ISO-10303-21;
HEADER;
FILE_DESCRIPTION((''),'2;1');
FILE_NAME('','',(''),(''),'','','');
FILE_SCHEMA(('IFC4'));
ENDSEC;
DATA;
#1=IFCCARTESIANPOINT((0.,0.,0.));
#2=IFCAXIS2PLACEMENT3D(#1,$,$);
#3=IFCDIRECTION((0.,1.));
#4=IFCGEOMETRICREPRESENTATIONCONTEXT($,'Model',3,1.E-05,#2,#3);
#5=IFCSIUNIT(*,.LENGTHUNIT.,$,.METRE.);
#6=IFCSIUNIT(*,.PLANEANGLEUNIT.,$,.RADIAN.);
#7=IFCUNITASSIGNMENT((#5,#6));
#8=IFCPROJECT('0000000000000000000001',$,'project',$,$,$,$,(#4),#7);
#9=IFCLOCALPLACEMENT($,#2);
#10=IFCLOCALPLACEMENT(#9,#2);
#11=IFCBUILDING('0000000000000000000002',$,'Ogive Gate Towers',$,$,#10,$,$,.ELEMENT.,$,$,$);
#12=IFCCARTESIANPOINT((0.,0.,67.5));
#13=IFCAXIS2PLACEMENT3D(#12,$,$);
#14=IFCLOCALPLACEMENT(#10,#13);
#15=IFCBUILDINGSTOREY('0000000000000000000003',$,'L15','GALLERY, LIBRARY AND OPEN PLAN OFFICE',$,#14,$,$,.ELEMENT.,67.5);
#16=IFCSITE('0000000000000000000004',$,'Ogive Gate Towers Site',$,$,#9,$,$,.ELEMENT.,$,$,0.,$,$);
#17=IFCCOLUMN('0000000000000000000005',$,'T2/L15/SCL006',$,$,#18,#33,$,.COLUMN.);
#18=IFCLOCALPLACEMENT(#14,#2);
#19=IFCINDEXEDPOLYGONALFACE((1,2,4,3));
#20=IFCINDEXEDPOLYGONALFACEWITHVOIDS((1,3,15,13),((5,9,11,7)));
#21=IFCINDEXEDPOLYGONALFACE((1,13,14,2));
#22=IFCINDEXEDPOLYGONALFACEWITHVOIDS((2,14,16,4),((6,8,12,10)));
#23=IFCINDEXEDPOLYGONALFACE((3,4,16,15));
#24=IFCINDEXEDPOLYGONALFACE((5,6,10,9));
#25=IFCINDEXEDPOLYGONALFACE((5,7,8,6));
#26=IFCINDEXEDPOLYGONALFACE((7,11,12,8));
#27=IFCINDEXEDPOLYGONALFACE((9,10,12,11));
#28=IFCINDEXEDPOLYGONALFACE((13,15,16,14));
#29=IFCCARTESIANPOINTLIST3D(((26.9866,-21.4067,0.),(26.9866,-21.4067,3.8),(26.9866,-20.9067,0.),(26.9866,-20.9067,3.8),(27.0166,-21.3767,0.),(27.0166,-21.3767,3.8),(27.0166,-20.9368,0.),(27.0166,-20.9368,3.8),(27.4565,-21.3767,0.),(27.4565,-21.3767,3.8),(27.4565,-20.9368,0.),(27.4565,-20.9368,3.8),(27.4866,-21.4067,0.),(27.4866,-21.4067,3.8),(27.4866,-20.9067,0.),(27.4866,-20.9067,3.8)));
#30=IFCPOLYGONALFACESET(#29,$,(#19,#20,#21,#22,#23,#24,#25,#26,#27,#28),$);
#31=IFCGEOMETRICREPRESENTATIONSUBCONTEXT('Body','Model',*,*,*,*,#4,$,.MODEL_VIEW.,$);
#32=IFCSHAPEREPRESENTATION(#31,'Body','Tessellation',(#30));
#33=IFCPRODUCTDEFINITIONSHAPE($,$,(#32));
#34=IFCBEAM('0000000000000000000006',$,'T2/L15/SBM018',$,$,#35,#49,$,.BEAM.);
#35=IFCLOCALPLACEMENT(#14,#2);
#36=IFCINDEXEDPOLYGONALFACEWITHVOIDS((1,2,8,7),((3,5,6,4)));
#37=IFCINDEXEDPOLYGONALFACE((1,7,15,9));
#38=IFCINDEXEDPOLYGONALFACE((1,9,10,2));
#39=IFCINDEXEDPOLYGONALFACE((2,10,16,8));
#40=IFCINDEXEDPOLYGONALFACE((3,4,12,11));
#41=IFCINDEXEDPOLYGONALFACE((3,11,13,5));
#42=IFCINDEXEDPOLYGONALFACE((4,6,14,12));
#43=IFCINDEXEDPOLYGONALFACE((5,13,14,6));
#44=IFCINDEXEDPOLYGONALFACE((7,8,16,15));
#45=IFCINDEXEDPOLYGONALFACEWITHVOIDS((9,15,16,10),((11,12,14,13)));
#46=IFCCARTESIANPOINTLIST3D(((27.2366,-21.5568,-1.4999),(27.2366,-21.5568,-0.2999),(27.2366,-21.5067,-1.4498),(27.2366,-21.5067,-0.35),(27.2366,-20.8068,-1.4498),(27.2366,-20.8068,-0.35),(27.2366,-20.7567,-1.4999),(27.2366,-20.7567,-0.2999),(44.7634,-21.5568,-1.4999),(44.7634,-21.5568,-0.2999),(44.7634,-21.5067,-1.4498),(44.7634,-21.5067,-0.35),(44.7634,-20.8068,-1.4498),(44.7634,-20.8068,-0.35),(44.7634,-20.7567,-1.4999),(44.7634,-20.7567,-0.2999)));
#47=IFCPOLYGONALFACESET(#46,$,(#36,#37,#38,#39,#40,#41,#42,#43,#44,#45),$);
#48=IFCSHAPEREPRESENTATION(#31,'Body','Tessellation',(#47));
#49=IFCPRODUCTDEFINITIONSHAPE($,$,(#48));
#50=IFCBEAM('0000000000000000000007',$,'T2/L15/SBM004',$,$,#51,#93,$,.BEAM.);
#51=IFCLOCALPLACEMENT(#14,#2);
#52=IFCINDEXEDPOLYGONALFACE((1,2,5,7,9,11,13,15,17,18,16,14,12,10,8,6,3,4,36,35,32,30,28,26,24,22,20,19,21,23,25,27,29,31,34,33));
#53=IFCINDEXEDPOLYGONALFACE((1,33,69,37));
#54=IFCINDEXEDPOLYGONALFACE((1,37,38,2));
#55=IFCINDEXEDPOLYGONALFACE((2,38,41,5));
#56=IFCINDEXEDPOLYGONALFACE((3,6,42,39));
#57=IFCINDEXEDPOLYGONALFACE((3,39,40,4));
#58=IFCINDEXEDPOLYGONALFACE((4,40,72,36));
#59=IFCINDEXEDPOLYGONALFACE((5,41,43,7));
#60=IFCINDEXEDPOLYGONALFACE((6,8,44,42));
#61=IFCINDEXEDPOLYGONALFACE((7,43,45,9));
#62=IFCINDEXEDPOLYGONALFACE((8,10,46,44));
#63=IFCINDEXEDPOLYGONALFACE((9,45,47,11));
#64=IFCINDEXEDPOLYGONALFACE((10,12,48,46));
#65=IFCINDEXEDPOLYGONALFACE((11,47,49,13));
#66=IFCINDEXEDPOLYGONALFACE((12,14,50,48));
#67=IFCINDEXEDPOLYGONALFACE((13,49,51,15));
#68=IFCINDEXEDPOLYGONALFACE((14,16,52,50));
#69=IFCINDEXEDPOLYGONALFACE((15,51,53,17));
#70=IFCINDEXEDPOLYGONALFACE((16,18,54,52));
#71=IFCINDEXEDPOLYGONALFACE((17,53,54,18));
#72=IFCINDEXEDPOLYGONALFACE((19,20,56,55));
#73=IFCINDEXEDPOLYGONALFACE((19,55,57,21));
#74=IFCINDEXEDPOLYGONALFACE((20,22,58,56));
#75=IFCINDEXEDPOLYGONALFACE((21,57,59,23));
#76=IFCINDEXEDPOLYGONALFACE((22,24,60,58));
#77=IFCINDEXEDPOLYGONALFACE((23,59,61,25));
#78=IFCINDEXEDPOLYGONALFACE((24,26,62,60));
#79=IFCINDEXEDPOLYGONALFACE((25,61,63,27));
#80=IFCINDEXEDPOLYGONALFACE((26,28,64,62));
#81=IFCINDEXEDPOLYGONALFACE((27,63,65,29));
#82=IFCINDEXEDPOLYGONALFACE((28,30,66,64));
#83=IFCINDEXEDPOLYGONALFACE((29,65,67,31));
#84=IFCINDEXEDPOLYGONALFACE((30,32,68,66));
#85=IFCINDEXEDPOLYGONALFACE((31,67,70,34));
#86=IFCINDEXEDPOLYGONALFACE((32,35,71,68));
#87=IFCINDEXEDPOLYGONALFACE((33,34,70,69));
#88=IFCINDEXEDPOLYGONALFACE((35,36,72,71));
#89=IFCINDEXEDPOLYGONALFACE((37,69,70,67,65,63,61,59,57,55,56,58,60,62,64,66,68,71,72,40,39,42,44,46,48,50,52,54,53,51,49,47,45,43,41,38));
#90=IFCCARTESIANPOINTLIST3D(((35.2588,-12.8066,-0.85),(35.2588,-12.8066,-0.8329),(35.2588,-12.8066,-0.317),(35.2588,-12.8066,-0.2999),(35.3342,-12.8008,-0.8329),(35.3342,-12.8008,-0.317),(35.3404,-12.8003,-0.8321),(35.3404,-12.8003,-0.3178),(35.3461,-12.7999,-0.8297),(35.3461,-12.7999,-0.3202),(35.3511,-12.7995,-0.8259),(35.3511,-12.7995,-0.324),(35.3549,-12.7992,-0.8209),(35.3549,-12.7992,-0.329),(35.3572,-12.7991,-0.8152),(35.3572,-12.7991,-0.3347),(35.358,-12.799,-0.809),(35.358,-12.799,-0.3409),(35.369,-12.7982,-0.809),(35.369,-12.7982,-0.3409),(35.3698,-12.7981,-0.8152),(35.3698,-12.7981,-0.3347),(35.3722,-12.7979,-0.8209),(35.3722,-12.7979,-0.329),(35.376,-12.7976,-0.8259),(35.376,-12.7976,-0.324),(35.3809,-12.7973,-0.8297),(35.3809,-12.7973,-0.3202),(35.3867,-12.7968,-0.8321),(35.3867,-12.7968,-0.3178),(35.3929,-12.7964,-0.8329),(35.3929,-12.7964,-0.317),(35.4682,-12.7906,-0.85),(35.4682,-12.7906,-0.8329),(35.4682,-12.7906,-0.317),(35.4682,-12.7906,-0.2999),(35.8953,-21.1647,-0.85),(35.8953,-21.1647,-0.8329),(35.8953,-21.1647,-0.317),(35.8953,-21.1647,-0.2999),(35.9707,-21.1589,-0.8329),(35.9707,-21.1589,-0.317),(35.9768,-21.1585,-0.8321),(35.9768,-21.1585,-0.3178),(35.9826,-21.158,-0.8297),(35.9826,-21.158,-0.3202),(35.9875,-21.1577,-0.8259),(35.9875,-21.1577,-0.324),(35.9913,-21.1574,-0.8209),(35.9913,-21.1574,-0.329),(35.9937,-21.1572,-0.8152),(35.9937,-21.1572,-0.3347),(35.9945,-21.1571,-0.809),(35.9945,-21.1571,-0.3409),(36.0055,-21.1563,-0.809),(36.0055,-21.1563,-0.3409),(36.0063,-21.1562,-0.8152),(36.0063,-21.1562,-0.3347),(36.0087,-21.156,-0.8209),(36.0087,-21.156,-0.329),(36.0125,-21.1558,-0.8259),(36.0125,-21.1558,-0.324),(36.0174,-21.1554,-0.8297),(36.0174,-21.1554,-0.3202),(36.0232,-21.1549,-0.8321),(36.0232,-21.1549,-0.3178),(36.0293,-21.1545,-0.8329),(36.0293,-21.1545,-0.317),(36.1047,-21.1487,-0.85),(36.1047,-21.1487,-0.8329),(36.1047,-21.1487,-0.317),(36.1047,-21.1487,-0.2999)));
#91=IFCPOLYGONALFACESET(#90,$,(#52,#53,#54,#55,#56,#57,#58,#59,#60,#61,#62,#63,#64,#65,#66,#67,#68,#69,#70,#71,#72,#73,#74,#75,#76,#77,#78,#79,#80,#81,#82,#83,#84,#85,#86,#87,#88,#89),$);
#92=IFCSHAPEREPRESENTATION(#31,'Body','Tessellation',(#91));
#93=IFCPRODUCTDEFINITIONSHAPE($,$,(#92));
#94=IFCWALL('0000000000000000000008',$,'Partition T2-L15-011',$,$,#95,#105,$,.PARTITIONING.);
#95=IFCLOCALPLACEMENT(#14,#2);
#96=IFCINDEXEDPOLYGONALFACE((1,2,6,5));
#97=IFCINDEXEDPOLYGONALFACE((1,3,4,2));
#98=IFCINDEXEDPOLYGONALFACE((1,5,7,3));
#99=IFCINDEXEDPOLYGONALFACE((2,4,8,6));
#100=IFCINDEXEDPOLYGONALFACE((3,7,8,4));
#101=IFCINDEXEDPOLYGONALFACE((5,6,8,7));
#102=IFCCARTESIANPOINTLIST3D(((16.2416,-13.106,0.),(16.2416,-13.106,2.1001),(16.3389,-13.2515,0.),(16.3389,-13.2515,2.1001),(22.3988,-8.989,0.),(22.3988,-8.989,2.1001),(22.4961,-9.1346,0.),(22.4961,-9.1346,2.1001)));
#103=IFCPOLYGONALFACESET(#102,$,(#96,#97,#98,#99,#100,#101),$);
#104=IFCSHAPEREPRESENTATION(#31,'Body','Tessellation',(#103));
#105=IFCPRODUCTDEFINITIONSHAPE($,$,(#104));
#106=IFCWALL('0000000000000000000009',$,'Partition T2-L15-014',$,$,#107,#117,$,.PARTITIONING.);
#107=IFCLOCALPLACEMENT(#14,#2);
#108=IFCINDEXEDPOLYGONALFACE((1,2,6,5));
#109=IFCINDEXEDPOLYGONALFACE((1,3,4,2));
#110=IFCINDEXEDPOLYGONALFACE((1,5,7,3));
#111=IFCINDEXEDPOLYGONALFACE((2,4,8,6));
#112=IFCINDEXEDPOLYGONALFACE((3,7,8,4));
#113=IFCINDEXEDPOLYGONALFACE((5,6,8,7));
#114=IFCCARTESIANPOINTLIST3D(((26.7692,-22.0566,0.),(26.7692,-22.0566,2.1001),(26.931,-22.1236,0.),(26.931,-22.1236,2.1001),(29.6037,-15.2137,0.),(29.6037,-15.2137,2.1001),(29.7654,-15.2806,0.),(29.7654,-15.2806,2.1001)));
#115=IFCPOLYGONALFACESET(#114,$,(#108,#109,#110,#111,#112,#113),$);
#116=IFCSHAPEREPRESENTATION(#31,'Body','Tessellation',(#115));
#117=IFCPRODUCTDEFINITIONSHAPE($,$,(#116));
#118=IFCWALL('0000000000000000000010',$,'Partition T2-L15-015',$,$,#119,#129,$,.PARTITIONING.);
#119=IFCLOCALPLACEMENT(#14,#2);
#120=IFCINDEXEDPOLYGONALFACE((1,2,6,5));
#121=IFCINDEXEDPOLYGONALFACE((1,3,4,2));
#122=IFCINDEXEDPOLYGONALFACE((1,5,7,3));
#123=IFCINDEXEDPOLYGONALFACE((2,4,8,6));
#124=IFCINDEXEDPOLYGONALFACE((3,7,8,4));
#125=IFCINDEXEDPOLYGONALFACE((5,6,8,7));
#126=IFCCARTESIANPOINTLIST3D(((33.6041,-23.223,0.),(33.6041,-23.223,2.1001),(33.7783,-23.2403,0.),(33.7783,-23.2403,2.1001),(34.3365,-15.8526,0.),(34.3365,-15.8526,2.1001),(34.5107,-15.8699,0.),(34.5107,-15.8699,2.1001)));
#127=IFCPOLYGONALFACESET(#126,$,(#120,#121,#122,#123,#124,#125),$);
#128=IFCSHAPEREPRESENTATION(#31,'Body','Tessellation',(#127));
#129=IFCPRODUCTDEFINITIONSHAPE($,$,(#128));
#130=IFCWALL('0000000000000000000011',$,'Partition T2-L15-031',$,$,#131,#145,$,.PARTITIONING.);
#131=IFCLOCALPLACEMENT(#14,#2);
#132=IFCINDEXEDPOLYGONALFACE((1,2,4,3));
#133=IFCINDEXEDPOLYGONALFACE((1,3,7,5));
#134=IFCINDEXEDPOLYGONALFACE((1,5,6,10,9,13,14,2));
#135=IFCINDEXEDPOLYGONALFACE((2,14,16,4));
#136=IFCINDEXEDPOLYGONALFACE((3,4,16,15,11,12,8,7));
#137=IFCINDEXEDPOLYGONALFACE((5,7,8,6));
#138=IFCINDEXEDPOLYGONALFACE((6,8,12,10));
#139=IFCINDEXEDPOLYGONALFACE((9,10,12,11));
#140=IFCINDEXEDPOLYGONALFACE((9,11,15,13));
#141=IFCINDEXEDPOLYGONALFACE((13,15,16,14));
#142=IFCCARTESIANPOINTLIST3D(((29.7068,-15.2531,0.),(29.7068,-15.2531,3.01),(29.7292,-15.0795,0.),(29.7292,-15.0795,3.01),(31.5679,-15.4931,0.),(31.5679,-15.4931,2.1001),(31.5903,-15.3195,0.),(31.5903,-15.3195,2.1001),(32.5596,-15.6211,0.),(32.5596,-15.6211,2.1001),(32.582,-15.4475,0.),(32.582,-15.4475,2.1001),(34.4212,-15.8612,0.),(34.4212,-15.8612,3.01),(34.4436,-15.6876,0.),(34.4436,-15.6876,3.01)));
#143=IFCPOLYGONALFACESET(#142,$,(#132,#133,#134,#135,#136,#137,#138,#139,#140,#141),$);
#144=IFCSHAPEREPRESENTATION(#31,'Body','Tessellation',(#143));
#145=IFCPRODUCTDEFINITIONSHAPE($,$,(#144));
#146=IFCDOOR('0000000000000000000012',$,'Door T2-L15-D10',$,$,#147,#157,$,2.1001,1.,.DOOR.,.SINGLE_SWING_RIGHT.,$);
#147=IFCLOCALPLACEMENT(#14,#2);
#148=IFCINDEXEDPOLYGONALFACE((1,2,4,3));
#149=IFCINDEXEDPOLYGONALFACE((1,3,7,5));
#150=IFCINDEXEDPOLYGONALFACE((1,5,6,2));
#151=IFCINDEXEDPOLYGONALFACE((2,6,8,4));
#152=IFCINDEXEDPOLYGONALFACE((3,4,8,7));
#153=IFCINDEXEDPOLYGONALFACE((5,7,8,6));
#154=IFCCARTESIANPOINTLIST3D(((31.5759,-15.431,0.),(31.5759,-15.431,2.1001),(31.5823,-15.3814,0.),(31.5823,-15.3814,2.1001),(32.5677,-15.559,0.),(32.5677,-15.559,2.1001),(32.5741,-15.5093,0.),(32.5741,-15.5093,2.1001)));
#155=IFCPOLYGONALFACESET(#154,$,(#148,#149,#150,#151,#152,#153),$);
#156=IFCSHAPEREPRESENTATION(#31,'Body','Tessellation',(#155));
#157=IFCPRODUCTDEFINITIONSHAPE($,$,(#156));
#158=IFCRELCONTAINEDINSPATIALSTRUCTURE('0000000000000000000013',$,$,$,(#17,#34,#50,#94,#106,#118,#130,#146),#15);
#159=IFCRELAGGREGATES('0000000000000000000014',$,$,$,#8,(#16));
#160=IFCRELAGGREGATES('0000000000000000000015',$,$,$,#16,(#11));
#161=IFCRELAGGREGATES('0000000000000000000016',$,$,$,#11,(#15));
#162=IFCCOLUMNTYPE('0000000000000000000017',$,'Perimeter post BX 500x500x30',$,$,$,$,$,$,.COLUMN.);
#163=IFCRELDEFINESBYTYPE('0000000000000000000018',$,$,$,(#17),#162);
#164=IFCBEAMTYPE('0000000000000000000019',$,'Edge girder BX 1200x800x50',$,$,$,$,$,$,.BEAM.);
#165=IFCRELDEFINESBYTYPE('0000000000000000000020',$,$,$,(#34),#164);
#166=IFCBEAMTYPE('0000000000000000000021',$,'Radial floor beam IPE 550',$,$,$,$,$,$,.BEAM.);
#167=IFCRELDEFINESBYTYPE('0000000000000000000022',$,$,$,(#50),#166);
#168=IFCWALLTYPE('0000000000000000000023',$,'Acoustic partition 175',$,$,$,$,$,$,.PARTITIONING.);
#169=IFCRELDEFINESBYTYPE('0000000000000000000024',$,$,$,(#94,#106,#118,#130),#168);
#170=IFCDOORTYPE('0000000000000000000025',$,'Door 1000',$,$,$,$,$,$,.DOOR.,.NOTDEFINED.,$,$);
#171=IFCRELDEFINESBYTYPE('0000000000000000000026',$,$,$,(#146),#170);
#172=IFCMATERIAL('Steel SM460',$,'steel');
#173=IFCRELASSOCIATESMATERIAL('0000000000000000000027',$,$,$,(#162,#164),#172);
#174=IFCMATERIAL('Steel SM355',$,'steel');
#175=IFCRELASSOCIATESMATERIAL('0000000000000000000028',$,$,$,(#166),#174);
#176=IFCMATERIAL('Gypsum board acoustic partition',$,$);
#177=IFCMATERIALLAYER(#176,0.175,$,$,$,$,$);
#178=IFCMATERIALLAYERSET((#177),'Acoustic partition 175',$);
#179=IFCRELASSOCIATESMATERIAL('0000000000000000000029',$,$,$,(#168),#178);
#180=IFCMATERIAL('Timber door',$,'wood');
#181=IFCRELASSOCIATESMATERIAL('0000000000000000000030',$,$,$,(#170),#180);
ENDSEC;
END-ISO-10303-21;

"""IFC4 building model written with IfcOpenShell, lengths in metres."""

from ifc_helpers import new_model, si_unit, direction, frame, frame_2d, origin, origin_2d, place, context, subcontext, project, spatial, rectangle, hollow_rectangle, i_section, extrude, material, layer, layer_set, material_profile, profile_set, type_object, element, fill, save


model = new_model("IFC4")

# Units and contexts
model_context = context("Model", 3, precision=1e-05, world=origin(), true_north=direction((0.0, 1.0)))
body_context = subcontext(model_context, "Body", "Model", "MODEL_VIEW")
ifc_project = project(units=[si_unit("LENGTHUNIT", "METRE"), si_unit("PLANEANGLEUNIT", "RADIAN")], contexts=[model_context])

# Site, building, storey
site_placement = place(None, origin())
site = spatial("IfcSite", under=ifc_project, at=site_placement, Name="Ogive Gate Towers Site", CompositionType="ELEMENT", RefElevation=0.0)
building_placement = place(site_placement, origin())
building = spatial("IfcBuilding", under=site, at=building_placement, Name="Ogive Gate Towers", CompositionType="ELEMENT")
storey_placement = place(building_placement, frame((0.0, 0.0, 67.5)))
storey = spatial("IfcBuildingStorey", under=building, at=storey_placement, Name="L15", Description="GALLERY, LIBRARY AND OPEN PLAN OFFICE", CompositionType="ELEMENT", Elevation=67.5)

# Column
ifc_material_1 = material(Name="Steel SM460", Category="steel")
ifc_material_profile_1 = material_profile(ifc_material_1, hollow_rectangle(XDim=0.5, YDim=0.5, WallThickness=0.03, at=origin_2d()), Name="BX 500x500x30")
ifc_profile_set_1 = profile_set([ifc_material_profile_1], Name="Steel SM460")
column_type = type_object("IfcColumnType", Name="Perimeter post BX 500x500x30", PredefinedType="COLUMN", material=ifc_profile_set_1)
column_placement = place(storey_placement, frame((27.2366, -21.1567, 0.0), z_axis=(0.0, 0.0, 1.0), x_axis=(1.0, 0.0, 0.0)))
element("IfcColumn", 1, at=column_placement, inside=storey, type_object=column_type, Name="T2/L15/SCL006", PredefinedType="COLUMN", context=body_context, shape_type="SweptSolid", body=[
    extrude(hollow_rectangle(XDim=0.5, YDim=0.5, WallThickness=0.03, at=origin_2d()), origin(), (0.0, 0.0, 1.0), 3.8),
])

# Beams
ifc_material_profile_2 = material_profile(ifc_material_1, hollow_rectangle(XDim=0.8, YDim=1.2, WallThickness=0.05, at=origin_2d()), Name="BX 1200x800x50")
ifc_profile_set_2 = profile_set([ifc_material_profile_2], Name="Steel SM460")
beam_type_1 = type_object("IfcBeamType", Name="Edge girder BX 1200x800x50", PredefinedType="BEAM", material=ifc_profile_set_2)
beam_1_placement = place(storey_placement, frame((27.2366, -21.1567, -0.8999), z_axis=(1.0, 0.0, 0.0), x_axis=(0.0, 1.0, 0.0)))
element("IfcBeam", 2, at=beam_1_placement, inside=storey, type_object=beam_type_1, Name="T2/L15/SBM018", PredefinedType="BEAM", context=body_context, shape_type="SweptSolid", body=[
    extrude(hollow_rectangle(XDim=0.8, YDim=1.2, WallThickness=0.05, at=origin_2d()), origin(), (0.0, 0.0, 1.0), 17.5269),
])
ifc_material_2 = material(Name="Steel SM355", Category="steel")
ifc_material_profile_3 = material_profile(ifc_material_2, i_section(OverallWidth=0.21, OverallDepth=0.55, WebThickness=0.011, FlangeThickness=0.0171, FilletRadius=0.0239, at=origin_2d()), Name="IPE 550")
ifc_profile_set_3 = profile_set([ifc_material_profile_3], Name="Steel SM355")
beam_type_2 = type_object("IfcBeamType", Name="Radial floor beam IPE 550", PredefinedType="BEAM", material=ifc_profile_set_3)
beam_2_placement = place(storey_placement, frame((35.3635, -12.7986, -0.575), z_axis=(0.07593, -0.997113, 0.0), x_axis=(0.997113, 0.07593, 0.0)))
element("IfcBeam", 3, at=beam_2_placement, inside=storey, type_object=beam_type_2, Name="T2/L15/SBM004", PredefinedType="BEAM", context=body_context, shape_type="SweptSolid", body=[
    extrude(i_section(OverallWidth=0.21, OverallDepth=0.55, WebThickness=0.011, FlangeThickness=0.0171, FilletRadius=0.0239, at=origin_2d()), origin(), (0.0, 0.0, 1.0), 8.3823),
])

# Walls
ifc_material_3 = material(Name="Gypsum board acoustic partition")
ifc_layer_1 = layer(ifc_material_3, 0.175)
ifc_layer_set_1 = layer_set([ifc_layer_1], Name="Acoustic partition 175")
wall_type_1 = type_object("IfcWallType", Name="Acoustic partition 175", PredefinedType="PARTITIONING", material=ifc_layer_set_1)
for number, where, z_axis, x_axis, name in (
    (4, (16.2903, -13.1787, 0.0), (0.0, 0.0, 1.0), (0.831294, 0.555833, 0.0), "Partition T2-L15-011"),
    (5, (26.8501, -22.0901, 0.0), (0.0, 0.0, 1.0), (0.382684, 0.923879, 0.0), "Partition T2-L15-014"),
    (6, (33.6912, -23.2317, 0.0), (0.0, 0.0, 1.0), (0.098887, 0.995099, 0.0), "Partition T2-L15-015"),
):
    element("IfcWall", number, at=place(storey_placement, frame(where, z_axis=z_axis, x_axis=x_axis)), inside=storey, type_object=wall_type_1, Name=name, PredefinedType="PARTITIONING", context=body_context, shape_type="SweptSolid", body=[
        extrude(rectangle(XDim=7.4067, YDim=0.175, at=frame_2d((3.7034, 0.0))), origin(), (0.0, 0.0, 1.0), 2.1001),
    ])

# Wall, opening, door
wall_1_placement = place(storey_placement, frame((34.4324, -15.7744, 0.0), z_axis=(0.0, 0.0, 1.0), x_axis=(-0.991782, 0.12794, 0.0)))
wall_1 = element("IfcWall", 7, at=wall_1_placement, inside=storey, type_object=wall_type_1, Name="Partition T2-L15-031", PredefinedType="PARTITIONING", context=body_context, shape_type="SweptSolid", body=[
    extrude(rectangle(XDim=4.7534, YDim=0.175, at=frame_2d((2.3767, 0.0))), origin(), (0.0, 0.0, 1.0), 3.01),
])
opening_1_placement = place(wall_1_placement, frame((1.877, 0.0, 0.0)))
opening_1 = element("IfcOpeningElement", 8, at=opening_1_placement, cuts=wall_1, PredefinedType="OPENING", context=body_context, shape_type="SweptSolid", body=[
    extrude(rectangle(XDim=1.0, YDim=2.1001, at=frame_2d((0.5, 1.05))), frame((0.0, 0.0977, 0.0), z_axis=(0.0, -1.0, 0.0), x_axis=(1.0, 0.0, 0.0)), (0.0, 0.0, 1.0), 0.1951),
])
ifc_material_4 = material(Name="Timber door", Category="wood")
door_type_1 = type_object("IfcDoorType", Name="Door 1000", OperationType="NOTDEFINED", PredefinedType="DOOR", material=ifc_material_4)
door_1_placement = place(opening_1_placement, origin())
door_1 = element("IfcDoor", 9, at=door_1_placement, inside=storey, type_object=door_type_1, Name="Door T2-L15-D10", OperationType="SINGLE_SWING_RIGHT", OverallHeight=2.1001, OverallWidth=1.0, PredefinedType="DOOR", context=body_context, shape_type="SweptSolid", body=[
    extrude(rectangle(XDim=1.0, YDim=2.1001, at=frame_2d((0.5, 1.05))), frame((0.0, 0.0249, 0.0), z_axis=(0.0, -1.0, 0.0), x_axis=(1.0, 0.0, 0.0)), (0.0, 0.0, 1.0), 0.05),
])
fill(opening_1, door_1)

save(model, "model.ifc")
